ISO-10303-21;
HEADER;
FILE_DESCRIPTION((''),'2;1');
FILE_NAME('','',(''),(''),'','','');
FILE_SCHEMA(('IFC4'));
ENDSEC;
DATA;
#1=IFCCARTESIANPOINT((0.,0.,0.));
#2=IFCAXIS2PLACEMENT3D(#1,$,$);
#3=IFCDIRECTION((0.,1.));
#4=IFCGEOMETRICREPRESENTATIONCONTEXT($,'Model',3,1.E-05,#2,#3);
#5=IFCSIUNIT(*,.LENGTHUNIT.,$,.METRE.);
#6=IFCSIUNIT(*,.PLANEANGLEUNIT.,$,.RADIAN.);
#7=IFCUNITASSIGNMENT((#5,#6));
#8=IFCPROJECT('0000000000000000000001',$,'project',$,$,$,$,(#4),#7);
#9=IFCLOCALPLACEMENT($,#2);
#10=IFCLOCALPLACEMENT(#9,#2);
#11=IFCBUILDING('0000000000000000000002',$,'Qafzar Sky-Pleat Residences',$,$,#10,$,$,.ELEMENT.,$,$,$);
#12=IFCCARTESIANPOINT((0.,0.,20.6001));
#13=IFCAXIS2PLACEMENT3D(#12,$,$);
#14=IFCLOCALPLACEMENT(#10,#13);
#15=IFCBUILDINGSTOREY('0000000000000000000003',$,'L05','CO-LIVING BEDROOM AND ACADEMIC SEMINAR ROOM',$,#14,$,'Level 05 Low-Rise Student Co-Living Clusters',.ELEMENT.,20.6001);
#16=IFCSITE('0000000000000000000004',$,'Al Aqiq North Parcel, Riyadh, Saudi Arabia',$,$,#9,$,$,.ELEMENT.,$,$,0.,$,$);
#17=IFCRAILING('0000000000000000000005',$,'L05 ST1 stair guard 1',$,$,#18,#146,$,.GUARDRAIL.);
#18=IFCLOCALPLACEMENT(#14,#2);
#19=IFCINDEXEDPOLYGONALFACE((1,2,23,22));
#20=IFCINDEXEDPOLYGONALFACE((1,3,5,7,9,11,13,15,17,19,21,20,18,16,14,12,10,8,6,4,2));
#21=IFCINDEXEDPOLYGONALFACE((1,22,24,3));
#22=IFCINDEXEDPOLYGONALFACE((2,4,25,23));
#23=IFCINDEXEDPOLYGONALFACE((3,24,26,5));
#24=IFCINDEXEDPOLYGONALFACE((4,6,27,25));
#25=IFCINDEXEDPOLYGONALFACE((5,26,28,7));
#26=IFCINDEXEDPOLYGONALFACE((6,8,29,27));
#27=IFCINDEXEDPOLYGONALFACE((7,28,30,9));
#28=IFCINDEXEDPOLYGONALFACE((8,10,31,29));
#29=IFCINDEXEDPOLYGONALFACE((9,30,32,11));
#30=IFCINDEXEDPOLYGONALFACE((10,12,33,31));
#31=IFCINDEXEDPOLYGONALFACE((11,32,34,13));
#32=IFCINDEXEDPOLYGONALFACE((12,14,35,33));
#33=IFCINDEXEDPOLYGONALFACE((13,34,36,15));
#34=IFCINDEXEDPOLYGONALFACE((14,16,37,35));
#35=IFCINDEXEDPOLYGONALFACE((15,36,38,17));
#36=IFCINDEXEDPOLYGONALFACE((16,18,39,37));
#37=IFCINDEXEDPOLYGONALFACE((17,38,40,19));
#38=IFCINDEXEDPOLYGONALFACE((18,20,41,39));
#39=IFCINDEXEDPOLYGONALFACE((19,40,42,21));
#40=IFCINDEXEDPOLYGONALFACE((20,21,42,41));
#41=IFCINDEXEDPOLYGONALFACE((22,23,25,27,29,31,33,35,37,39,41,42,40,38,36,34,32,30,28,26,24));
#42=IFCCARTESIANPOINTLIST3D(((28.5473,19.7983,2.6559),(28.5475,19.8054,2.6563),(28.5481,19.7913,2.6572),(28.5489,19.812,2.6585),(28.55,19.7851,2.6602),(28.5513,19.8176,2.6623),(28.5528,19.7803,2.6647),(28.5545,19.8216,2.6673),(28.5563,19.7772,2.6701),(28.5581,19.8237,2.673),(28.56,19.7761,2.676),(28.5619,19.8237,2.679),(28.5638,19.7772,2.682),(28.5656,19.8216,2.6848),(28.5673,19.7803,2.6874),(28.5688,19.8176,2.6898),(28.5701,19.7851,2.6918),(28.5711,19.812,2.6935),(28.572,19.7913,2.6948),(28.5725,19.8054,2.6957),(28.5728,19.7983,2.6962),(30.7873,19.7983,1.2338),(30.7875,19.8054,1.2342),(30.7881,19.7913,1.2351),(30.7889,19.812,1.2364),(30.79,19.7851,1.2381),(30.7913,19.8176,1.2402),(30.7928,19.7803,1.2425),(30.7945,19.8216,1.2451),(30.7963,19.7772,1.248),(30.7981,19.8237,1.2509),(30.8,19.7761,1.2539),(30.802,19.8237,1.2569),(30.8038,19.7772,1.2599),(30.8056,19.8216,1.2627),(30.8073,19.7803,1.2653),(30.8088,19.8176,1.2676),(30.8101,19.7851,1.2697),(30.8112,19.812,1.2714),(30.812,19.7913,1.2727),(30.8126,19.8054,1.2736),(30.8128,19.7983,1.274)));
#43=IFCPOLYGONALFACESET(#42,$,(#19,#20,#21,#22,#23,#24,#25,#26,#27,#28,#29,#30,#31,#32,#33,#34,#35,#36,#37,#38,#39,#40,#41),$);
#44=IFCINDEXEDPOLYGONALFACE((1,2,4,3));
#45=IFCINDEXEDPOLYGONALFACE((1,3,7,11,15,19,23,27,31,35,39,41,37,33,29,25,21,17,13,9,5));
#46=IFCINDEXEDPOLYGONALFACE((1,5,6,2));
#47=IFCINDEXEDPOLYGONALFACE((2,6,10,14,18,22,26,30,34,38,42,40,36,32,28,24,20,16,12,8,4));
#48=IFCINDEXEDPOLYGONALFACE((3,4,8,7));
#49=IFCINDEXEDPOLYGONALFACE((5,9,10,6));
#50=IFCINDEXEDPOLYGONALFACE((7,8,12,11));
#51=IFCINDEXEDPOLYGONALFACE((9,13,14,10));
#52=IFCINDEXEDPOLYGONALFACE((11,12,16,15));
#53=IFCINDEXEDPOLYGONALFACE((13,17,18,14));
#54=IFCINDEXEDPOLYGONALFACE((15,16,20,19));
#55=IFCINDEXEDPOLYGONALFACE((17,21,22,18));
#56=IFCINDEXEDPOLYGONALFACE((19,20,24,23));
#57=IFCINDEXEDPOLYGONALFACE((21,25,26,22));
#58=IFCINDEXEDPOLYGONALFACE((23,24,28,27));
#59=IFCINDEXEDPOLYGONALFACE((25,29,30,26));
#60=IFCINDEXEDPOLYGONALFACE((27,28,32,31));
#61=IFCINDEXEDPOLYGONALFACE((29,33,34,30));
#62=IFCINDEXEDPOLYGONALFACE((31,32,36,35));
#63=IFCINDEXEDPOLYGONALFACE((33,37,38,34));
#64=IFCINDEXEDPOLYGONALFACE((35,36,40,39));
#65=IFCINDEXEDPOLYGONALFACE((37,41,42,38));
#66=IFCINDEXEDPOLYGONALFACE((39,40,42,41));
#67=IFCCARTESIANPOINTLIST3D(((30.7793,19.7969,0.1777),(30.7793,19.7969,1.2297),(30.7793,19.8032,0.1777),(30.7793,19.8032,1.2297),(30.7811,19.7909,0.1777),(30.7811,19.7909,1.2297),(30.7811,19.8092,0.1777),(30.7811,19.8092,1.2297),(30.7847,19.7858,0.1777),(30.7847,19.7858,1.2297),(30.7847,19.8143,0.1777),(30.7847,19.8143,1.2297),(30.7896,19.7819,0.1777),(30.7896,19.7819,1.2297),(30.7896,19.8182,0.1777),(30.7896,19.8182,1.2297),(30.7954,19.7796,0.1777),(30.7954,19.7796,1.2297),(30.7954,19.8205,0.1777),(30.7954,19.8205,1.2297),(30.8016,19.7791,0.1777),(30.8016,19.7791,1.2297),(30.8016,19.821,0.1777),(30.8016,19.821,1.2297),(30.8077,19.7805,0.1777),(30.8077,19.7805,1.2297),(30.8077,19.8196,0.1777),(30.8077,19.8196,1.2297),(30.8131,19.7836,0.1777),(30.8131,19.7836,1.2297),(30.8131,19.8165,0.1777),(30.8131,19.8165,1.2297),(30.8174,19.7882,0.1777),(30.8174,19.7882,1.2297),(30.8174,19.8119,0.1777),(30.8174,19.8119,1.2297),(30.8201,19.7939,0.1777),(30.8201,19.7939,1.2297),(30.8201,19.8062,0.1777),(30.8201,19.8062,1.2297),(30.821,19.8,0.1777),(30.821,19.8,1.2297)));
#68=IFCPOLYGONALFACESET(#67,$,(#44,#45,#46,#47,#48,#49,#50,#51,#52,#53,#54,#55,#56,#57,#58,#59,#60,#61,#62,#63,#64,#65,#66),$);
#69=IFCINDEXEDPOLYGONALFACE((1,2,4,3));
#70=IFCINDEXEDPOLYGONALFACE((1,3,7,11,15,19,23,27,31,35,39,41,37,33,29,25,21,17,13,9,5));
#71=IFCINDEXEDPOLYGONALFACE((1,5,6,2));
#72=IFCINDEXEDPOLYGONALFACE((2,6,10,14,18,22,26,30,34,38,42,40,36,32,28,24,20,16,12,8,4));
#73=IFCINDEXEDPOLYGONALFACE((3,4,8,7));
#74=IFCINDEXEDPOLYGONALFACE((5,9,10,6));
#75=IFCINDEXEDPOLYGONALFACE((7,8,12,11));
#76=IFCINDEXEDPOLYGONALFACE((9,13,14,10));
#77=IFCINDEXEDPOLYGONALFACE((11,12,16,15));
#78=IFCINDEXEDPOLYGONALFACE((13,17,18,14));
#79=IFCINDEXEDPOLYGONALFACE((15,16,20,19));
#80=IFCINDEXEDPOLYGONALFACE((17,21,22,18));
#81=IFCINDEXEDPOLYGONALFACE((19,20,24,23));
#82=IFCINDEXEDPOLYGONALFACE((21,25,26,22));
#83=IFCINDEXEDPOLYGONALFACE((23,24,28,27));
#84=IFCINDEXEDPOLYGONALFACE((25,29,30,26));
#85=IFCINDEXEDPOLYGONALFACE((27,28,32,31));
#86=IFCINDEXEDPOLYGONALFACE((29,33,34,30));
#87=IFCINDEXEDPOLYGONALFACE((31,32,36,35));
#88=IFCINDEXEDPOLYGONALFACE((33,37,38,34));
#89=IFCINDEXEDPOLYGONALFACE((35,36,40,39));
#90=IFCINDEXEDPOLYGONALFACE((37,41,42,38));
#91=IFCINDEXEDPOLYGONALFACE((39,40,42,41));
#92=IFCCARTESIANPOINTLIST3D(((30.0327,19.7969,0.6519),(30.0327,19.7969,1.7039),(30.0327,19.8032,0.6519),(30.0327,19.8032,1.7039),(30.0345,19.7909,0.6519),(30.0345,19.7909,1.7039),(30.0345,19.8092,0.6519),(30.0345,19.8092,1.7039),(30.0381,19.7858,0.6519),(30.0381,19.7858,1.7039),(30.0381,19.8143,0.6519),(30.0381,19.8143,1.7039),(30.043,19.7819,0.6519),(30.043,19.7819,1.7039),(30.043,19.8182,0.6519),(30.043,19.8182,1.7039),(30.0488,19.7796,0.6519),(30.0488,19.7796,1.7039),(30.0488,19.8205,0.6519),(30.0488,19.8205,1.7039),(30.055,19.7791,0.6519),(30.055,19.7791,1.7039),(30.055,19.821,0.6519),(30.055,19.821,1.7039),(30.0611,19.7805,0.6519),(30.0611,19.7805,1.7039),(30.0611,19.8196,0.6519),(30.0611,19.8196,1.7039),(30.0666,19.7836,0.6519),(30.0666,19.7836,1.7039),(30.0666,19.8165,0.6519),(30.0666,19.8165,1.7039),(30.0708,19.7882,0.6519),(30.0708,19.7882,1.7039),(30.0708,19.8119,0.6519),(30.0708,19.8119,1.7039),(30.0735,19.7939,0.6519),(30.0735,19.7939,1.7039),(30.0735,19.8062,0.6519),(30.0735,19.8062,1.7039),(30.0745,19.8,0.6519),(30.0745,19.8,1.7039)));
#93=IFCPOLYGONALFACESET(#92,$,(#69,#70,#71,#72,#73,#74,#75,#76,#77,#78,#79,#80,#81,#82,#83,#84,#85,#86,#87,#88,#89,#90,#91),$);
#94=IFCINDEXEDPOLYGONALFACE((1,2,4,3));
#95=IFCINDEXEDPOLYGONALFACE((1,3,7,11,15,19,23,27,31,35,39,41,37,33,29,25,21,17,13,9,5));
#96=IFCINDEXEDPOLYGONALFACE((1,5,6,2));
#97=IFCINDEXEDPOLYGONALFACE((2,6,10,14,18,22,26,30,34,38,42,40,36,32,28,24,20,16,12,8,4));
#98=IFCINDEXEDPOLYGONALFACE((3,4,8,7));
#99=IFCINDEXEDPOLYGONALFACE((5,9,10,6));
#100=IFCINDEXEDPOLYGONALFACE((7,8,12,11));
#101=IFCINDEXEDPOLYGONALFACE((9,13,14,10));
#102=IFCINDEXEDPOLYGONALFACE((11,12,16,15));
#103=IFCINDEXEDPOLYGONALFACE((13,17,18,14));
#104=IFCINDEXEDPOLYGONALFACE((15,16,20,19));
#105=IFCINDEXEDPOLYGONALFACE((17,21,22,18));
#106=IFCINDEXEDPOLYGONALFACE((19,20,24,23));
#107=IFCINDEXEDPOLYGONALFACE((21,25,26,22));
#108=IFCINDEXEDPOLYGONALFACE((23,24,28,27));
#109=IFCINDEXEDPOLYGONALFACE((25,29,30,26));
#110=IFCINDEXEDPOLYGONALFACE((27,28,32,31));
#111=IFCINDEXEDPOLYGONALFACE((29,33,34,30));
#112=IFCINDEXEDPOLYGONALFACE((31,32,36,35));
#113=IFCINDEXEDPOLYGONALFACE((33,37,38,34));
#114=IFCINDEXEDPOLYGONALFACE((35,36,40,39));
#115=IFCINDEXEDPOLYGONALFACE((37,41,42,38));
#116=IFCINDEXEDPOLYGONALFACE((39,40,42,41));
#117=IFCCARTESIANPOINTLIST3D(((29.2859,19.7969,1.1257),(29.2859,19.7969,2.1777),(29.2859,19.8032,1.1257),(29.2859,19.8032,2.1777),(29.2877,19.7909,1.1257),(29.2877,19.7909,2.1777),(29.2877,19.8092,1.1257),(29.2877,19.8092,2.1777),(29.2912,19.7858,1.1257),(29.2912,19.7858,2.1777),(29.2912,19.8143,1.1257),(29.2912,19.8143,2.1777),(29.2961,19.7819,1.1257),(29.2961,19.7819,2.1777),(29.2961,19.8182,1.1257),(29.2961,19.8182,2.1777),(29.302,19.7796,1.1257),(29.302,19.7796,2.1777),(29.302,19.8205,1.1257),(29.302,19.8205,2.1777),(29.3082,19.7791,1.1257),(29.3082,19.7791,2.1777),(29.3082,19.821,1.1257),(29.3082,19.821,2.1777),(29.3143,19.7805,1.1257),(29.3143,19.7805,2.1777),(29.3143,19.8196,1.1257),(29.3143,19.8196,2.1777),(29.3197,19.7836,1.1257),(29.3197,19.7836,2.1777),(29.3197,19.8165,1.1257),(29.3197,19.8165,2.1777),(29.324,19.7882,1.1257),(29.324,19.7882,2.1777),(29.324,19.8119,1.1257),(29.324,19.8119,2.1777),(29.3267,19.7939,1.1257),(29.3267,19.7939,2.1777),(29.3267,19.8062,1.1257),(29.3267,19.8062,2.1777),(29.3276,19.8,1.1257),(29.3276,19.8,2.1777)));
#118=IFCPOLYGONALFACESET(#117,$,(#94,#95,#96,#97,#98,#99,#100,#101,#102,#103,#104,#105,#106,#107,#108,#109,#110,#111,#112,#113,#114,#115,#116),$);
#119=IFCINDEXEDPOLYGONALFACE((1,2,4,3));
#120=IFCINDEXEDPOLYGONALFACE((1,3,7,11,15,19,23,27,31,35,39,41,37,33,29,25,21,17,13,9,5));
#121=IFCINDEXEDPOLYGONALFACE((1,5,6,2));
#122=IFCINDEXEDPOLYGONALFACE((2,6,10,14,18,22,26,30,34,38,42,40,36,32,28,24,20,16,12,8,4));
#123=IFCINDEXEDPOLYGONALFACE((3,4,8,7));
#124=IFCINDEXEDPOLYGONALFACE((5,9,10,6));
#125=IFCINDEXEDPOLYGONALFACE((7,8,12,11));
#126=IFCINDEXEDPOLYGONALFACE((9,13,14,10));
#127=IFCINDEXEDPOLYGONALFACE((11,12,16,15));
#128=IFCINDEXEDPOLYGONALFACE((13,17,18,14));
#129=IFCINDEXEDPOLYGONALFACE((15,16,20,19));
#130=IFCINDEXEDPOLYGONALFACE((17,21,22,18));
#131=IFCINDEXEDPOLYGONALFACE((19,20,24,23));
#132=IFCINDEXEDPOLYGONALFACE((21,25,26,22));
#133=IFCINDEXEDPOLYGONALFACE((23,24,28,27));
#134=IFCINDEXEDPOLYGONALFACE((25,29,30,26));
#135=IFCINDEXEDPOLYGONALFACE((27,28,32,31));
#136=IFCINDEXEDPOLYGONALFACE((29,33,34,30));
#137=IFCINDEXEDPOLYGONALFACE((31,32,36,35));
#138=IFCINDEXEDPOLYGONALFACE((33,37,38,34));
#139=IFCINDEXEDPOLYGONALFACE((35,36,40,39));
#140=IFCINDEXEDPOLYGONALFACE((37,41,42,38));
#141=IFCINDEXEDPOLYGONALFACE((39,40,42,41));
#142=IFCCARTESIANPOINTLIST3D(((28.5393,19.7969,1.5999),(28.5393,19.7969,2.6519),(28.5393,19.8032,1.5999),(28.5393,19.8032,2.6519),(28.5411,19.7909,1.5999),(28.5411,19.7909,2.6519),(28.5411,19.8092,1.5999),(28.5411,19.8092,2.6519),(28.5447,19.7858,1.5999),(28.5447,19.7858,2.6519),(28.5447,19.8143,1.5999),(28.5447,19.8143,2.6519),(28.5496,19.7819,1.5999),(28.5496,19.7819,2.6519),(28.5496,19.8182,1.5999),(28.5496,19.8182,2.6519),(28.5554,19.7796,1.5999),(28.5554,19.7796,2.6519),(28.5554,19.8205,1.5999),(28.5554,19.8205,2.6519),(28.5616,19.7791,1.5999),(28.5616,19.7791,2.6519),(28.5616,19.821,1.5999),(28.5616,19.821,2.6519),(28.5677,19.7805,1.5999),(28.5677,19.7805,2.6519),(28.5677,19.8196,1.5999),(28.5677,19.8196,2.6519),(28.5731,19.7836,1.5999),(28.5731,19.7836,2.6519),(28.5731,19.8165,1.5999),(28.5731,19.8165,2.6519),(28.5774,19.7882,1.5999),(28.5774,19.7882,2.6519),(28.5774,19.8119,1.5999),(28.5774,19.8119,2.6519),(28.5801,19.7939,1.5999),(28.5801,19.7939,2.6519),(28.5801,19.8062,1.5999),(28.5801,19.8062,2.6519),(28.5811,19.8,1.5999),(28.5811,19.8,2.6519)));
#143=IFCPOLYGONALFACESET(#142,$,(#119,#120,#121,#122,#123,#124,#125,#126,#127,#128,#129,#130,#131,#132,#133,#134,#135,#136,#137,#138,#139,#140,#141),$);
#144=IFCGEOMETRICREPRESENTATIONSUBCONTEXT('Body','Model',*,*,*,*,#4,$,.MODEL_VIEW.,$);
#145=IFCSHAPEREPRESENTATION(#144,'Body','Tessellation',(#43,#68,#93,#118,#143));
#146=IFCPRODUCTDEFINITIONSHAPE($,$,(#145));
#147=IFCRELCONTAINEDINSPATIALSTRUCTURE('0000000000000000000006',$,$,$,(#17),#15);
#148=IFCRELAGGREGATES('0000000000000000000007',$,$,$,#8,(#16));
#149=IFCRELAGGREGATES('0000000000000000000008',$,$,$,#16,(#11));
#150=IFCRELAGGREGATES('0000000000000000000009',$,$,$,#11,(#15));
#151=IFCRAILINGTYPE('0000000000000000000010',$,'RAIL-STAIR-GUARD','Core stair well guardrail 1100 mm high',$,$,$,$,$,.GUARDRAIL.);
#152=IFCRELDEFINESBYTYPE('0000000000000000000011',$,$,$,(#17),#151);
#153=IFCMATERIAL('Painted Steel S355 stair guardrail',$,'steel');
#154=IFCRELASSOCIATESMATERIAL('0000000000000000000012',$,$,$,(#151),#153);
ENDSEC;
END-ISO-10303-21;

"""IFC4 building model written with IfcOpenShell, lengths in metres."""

from ifc_helpers import new_model, si_unit, direction, frame, origin, origin_2d, place, context, subcontext, project, spatial, circle, extrude, source, transform, mapped, material, type_object, element, save


model = new_model("IFC4")

# Units and contexts
model_context = context("Model", 3, precision=1e-05, world=origin(), true_north=direction((0.0, 1.0)))
body_context = subcontext(model_context, "Body", "Model", "MODEL_VIEW")
ifc_project = project(units=[si_unit("LENGTHUNIT", "METRE"), si_unit("PLANEANGLEUNIT", "RADIAN")], contexts=[model_context])

# Site, building, storey
site_placement = place(None, origin())
site = spatial("IfcSite", under=ifc_project, at=site_placement, Name="Al Aqiq North Parcel, Riyadh, Saudi Arabia", CompositionType="ELEMENT", RefElevation=0.0)
building_placement = place(site_placement, origin())
building = spatial("IfcBuilding", under=site, at=building_placement, Name="Qafzar Sky-Pleat Residences", CompositionType="ELEMENT")
storey_placement = place(building_placement, frame((0.0, 0.0, 20.6001)))
storey = spatial("IfcBuildingStorey", under=building, at=storey_placement, Name="L05", Description="CO-LIVING BEDROOM AND ACADEMIC SEMINAR ROOM", LongName="Level 05 Low-Rise Student Co-Living Clusters", CompositionType="ELEMENT", Elevation=20.6001)

# Railing
ifc_material_1 = material(Name="Painted Steel S355 stair guardrail", Category="steel")
railing_type_1 = type_object("IfcRailingType", Name="RAIL-STAIR-GUARD", Description="Core stair well guardrail 1100 mm high", PredefinedType="GUARDRAIL", material=ifc_material_1)
shared_shape_1 = source(origin(), body_context, "Body", "SweptSolid", [
    extrude(circle(Radius=0.0239, at=origin_2d()), frame((0.0, 0.0, 1.0762), z_axis=(-0.844229, 0.0, 0.535982), x_axis=(0.0, -1.0, 0.0)), (0.0, 0.0, 1.0), 2.6533),
    extrude(circle(Radius=0.021, at=origin_2d()), origin(), (0.0, 0.0, 1.0), 1.052),
    extrude(circle(Radius=0.021, at=origin_2d()), frame((-0.7466, 0.0, 0.4741)), (0.0, 0.0, 1.0), 1.052),
    extrude(circle(Radius=0.021, at=origin_2d()), frame((-1.4934, 0.0, 0.948)), (0.0, 0.0, 1.0), 1.052),
    extrude(circle(Radius=0.021, at=origin_2d()), frame((-2.24, 0.0, 1.4221)), (0.0, 0.0, 1.0), 1.052),
])
railing_1_placement = place(storey_placement, frame((30.8, 19.8, 0.1777)))
element("IfcRailing", 1, at=railing_1_placement, inside=storey, type_object=railing_type_1, Name="L05 ST1 stair guard 1", PredefinedType="GUARDRAIL", context=body_context, shape_type="MappedRepresentation", body=[
    mapped(shared_shape_1, transform((0.0, 0.0, 0.0), x_axis=(1.0, 0.0, 0.0), y_axis=(0.0, 1.0, 0.0), z_axis=(0.0, 0.0, 1.0), scale=1.0)),
])

save(model, "model.ifc")
